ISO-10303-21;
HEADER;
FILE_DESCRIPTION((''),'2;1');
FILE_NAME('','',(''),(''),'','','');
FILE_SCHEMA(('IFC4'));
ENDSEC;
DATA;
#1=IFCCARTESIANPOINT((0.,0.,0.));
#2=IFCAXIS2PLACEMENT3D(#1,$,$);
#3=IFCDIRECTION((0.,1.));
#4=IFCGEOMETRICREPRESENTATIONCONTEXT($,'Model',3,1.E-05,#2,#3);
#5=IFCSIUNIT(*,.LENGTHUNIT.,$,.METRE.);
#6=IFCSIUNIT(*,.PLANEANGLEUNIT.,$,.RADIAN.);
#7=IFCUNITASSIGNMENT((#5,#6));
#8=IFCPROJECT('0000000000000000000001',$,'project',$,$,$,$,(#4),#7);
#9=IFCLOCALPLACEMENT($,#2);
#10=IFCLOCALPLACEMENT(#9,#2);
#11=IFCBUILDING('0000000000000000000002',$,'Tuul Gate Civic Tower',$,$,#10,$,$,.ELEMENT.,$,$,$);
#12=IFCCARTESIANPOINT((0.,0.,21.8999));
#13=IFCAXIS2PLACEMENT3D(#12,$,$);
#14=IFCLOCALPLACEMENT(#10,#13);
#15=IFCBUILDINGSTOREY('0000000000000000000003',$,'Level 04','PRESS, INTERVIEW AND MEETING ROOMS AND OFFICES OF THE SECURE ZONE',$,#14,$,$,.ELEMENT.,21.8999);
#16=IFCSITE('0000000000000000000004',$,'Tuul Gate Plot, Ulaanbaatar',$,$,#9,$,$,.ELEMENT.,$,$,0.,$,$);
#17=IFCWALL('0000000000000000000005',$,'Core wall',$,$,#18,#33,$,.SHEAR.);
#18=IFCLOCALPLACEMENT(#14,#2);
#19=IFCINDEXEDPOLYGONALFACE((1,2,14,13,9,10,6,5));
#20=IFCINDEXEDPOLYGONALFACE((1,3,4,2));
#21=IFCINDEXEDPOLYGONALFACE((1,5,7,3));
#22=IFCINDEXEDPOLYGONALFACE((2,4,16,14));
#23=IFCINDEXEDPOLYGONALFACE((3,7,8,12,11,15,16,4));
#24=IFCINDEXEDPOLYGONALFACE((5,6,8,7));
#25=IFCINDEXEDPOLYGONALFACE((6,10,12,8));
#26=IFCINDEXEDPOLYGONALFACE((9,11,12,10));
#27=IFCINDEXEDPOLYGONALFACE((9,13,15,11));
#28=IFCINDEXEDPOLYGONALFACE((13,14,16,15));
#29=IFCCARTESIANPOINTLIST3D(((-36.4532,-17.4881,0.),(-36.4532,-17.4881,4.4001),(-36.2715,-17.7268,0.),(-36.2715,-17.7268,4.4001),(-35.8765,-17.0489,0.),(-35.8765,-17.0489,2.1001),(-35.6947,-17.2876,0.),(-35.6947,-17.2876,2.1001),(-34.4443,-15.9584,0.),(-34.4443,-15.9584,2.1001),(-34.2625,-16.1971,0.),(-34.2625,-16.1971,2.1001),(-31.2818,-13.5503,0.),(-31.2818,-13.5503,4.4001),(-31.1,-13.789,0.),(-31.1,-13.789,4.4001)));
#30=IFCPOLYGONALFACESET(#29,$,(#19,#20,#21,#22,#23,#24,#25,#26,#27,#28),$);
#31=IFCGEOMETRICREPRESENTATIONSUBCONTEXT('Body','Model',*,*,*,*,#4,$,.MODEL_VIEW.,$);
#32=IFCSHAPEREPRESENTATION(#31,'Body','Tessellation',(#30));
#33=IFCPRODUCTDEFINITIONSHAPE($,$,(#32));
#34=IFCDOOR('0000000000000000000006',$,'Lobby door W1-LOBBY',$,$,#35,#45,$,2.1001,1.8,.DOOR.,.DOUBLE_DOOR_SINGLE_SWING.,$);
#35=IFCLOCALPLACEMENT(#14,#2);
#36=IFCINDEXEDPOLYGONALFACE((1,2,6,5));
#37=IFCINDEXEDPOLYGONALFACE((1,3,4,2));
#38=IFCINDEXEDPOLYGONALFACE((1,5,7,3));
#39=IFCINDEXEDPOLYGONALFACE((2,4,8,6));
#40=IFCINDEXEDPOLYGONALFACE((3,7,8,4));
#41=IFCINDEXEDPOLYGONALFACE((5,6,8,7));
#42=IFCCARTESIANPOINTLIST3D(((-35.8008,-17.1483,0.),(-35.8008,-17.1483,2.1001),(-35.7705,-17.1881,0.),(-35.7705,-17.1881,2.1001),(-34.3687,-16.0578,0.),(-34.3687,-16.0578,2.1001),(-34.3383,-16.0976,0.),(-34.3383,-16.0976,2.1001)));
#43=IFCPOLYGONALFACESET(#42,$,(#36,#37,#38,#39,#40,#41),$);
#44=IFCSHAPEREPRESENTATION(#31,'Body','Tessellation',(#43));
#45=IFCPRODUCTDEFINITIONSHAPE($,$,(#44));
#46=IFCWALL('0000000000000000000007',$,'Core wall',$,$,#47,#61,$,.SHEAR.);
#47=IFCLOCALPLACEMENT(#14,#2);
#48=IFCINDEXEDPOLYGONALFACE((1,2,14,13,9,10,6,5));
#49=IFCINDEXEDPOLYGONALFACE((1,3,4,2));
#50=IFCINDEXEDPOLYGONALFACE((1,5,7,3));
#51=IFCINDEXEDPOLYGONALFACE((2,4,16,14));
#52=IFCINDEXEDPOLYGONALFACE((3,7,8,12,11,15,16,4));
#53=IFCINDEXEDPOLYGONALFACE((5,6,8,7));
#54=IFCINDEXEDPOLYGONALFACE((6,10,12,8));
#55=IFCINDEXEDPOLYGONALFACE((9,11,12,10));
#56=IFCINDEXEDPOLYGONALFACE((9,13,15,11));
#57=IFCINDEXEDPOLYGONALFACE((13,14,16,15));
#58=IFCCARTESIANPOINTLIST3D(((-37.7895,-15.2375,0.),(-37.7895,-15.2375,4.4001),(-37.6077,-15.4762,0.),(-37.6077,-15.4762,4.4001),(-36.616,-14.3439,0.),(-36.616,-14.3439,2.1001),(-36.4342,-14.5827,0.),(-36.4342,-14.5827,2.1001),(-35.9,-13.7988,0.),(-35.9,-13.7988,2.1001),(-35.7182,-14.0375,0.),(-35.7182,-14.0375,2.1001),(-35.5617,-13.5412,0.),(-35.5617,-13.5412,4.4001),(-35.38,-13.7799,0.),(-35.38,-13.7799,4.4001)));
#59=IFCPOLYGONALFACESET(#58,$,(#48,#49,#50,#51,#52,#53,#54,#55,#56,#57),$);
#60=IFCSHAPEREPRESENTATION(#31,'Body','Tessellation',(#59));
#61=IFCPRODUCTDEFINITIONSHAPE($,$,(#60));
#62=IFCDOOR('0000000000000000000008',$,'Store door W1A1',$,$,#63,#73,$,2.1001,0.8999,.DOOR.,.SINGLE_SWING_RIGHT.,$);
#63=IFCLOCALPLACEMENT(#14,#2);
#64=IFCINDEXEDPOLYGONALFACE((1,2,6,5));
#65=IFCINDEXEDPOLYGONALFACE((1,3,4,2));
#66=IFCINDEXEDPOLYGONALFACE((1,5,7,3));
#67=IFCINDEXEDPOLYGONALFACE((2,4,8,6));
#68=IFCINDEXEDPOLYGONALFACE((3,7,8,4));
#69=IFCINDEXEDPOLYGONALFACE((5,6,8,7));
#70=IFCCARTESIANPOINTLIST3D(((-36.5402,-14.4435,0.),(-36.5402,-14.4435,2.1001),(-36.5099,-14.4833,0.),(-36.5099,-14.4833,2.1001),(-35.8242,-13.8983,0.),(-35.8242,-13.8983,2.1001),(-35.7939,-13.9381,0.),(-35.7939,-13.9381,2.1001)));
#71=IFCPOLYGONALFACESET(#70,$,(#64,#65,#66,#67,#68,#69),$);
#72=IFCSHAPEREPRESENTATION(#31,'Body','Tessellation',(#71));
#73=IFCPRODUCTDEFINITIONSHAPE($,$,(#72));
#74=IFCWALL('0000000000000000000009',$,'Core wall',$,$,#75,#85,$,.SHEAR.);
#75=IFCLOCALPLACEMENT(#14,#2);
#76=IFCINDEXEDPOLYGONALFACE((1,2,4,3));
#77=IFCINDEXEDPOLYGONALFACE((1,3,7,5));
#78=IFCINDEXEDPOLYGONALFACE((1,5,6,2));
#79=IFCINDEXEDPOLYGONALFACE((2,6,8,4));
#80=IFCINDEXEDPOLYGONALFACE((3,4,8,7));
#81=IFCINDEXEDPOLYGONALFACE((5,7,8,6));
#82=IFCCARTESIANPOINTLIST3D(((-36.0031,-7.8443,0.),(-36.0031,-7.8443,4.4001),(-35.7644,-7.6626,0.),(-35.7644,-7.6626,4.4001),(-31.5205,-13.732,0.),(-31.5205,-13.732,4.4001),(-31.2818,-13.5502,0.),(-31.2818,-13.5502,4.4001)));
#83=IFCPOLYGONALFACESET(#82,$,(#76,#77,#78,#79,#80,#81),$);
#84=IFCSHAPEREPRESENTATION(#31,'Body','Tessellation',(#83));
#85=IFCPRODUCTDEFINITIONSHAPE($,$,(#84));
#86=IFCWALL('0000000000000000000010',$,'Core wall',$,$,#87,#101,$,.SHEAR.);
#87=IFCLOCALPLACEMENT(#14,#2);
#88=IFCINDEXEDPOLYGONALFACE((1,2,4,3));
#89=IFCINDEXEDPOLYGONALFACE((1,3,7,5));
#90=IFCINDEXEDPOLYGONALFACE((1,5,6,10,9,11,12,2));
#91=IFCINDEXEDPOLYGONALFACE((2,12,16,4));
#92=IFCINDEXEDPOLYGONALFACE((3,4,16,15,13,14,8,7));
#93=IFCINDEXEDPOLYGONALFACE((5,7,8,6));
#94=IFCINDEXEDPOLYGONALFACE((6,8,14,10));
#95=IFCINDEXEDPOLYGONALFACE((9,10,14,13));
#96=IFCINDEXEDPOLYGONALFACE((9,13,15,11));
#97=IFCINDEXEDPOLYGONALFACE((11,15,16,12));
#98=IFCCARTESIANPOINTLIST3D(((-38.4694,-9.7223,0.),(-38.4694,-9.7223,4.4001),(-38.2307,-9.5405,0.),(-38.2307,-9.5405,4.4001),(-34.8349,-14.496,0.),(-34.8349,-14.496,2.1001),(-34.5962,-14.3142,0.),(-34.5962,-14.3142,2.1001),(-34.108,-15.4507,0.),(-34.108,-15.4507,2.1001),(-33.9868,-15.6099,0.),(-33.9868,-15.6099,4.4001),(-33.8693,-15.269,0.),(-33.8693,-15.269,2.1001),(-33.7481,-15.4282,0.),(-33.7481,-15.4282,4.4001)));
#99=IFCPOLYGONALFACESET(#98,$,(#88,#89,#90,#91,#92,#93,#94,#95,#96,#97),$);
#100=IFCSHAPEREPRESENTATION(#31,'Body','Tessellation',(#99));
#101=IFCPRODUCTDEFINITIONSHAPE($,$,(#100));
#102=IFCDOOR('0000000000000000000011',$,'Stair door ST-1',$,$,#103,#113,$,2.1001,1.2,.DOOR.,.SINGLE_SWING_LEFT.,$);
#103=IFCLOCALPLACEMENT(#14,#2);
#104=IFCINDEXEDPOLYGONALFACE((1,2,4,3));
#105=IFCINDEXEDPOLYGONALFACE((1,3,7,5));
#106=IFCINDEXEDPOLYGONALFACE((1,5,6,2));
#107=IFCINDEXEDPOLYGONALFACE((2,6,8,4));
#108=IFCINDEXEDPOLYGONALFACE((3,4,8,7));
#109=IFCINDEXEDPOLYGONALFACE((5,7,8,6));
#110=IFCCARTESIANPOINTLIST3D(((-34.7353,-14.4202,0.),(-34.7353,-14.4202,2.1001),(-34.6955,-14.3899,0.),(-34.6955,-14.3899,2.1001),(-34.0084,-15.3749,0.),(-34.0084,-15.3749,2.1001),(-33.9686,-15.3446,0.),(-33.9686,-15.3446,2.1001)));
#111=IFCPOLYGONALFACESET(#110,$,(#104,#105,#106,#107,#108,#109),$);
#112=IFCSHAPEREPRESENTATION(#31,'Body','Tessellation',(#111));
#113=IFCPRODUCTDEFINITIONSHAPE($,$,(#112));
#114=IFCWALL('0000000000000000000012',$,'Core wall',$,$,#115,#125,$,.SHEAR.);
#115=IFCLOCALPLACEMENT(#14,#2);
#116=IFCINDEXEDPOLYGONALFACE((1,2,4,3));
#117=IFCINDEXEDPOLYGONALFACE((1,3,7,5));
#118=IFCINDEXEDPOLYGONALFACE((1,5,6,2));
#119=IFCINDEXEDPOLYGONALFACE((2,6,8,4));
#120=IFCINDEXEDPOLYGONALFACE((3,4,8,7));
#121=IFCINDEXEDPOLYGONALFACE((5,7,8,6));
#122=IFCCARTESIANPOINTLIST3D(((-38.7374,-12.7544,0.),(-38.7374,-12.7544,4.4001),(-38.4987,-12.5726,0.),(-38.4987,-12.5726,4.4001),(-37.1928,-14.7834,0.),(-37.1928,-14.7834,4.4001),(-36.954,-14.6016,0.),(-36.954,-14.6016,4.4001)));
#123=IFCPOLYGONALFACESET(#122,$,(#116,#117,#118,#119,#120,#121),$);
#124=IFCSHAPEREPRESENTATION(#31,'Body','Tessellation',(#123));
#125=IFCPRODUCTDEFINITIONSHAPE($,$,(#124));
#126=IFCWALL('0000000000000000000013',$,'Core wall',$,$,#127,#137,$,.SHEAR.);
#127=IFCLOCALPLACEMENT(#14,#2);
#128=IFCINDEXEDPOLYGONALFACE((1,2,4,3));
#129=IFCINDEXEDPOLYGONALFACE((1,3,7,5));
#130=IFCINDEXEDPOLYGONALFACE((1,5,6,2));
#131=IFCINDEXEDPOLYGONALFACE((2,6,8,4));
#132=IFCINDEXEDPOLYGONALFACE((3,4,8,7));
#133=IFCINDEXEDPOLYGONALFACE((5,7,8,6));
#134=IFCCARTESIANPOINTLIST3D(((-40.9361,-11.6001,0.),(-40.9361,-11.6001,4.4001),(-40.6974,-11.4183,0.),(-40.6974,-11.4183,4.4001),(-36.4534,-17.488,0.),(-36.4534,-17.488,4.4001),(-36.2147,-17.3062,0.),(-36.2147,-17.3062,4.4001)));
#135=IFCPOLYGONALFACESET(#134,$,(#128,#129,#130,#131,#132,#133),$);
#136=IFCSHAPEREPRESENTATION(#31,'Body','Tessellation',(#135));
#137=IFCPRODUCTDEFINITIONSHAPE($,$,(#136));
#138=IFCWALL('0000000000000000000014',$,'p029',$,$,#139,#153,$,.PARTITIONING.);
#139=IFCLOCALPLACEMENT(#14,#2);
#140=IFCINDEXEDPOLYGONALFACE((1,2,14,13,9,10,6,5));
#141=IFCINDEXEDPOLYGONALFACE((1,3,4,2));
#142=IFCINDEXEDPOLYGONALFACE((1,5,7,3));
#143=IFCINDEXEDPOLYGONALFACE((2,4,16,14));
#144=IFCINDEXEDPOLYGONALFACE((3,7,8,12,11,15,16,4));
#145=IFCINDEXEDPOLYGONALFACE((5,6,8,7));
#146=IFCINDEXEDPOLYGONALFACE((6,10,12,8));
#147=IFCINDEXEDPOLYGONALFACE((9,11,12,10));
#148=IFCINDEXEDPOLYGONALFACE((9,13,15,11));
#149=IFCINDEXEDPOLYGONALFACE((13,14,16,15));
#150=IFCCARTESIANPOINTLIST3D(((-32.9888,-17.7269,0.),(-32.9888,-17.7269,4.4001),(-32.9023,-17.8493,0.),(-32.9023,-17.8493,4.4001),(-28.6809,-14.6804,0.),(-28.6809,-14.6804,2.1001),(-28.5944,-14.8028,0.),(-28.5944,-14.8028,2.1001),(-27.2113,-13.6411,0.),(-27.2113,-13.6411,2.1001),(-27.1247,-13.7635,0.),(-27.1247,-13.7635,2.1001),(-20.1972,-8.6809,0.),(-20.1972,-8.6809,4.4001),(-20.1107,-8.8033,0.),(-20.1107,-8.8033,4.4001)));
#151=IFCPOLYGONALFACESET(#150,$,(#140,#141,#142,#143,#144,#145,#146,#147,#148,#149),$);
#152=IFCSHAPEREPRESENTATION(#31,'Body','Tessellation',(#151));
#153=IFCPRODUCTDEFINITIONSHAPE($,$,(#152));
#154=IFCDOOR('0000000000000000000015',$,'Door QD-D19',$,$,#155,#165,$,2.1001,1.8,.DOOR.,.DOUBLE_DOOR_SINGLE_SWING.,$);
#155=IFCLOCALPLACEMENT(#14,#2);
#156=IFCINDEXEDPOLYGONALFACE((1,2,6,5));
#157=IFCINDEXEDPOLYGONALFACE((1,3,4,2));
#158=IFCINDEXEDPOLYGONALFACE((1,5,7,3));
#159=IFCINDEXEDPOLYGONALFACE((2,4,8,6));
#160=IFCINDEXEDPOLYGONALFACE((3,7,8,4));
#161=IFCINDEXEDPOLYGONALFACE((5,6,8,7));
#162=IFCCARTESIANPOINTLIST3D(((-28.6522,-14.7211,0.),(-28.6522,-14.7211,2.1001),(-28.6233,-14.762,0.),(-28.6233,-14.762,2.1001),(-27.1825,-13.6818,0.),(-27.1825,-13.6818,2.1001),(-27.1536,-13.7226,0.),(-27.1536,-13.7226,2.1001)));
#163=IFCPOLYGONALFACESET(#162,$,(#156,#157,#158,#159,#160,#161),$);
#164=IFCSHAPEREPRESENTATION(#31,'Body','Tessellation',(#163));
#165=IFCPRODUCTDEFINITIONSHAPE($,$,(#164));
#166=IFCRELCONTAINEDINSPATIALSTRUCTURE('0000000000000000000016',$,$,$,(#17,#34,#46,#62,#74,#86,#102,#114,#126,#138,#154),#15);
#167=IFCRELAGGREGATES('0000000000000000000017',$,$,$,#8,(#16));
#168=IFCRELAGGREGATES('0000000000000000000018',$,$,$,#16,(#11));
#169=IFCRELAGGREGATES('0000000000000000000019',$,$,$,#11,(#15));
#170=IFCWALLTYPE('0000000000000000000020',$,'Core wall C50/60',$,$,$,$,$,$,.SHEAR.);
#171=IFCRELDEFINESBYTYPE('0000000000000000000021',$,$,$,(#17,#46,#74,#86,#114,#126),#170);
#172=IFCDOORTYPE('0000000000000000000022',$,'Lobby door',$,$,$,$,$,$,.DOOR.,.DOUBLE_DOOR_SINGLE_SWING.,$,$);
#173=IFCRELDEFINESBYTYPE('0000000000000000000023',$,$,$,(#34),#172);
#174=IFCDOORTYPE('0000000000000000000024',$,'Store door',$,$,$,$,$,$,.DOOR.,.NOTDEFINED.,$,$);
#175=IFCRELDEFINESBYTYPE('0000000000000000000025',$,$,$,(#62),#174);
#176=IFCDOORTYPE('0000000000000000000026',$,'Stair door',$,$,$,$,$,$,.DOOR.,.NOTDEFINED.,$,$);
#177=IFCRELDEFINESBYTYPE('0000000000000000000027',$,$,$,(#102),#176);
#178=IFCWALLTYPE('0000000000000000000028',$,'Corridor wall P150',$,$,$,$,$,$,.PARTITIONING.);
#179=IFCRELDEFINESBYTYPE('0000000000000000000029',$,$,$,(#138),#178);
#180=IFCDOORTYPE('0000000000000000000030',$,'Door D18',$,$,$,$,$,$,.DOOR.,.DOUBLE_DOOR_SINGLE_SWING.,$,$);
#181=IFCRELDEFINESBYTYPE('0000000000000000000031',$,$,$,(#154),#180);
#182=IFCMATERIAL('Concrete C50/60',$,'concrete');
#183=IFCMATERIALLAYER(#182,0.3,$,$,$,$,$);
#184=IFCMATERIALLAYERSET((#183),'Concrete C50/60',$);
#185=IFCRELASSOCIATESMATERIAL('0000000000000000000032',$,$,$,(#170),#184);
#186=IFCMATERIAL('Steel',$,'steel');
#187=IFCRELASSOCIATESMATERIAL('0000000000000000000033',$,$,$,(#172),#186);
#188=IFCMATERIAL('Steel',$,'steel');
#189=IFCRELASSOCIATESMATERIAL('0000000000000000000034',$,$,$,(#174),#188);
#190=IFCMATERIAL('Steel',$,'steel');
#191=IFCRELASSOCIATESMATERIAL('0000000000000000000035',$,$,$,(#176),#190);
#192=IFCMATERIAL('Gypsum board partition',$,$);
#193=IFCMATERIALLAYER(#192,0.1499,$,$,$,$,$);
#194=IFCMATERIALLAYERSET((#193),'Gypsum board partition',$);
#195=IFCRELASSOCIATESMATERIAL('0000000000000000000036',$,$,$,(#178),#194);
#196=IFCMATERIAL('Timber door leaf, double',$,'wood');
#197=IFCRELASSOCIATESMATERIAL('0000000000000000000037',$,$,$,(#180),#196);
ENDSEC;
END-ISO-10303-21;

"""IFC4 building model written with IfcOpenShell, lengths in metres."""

from ifc_helpers import new_model, si_unit, direction, frame, frame_2d, origin, place, context, subcontext, project, spatial, rectangle, extrude, material, layer, layer_set, type_object, element, fill, save


model = new_model("IFC4")

# Units and contexts
model_context = context("Model", 3, precision=1e-05, world=origin(), true_north=direction((0.0, 1.0)))
body_context = subcontext(model_context, "Body", "Model", "MODEL_VIEW")
ifc_project = project(units=[si_unit("LENGTHUNIT", "METRE"), si_unit("PLANEANGLEUNIT", "RADIAN")], contexts=[model_context])

# Site, building, storey
site_placement = place(None, origin())
site = spatial("IfcSite", under=ifc_project, at=site_placement, Name="Tuul Gate Plot, Ulaanbaatar", CompositionType="ELEMENT", RefElevation=0.0)
building_placement = place(site_placement, origin())
building = spatial("IfcBuilding", under=site, at=building_placement, Name="Tuul Gate Civic Tower", CompositionType="ELEMENT")
storey_placement = place(building_placement, frame((0.0, 0.0, 21.8999)))
storey = spatial("IfcBuildingStorey", under=building, at=storey_placement, Name="Level 04", Description="PRESS, INTERVIEW AND MEETING ROOMS AND OFFICES OF THE SECURE ZONE", CompositionType="ELEMENT", Elevation=21.8999)

# Walls, openings, doors
ifc_material_1 = material(Name="Concrete C50/60", Category="concrete")
ifc_layer_1 = layer(ifc_material_1, 0.3)
ifc_layer_set_1 = layer_set([ifc_layer_1], Name="Concrete C50/60")
wall_type_1 = type_object("IfcWallType", Name="Core wall C50/60", PredefinedType="SHEAR", material=ifc_layer_set_1)
wall_1_placement = place(storey_placement, frame((-31.1909, -13.6697, 0.0), z_axis=(0.0, 0.0, 1.0), x_axis=(-0.795607, -0.605813, 0.0)))
wall_1 = element("IfcWall", 1, at=wall_1_placement, inside=storey, type_object=wall_type_1, Name="Core wall", PredefinedType="SHEAR", context=body_context, shape_type="SweptSolid", body=[
    extrude(rectangle(XDim=6.5, YDim=0.3, at=frame_2d((3.25, 0.0))), origin(), (0.0, 0.0, 1.0), 4.4001),
])
opening_1_placement = place(wall_1_placement, frame((3.9751, 0.0, 0.0)))
opening_1 = element("IfcOpeningElement", 2, at=opening_1_placement, cuts=wall_1, PredefinedType="OPENING", context=body_context, shape_type="SweptSolid", body=[
    extrude(rectangle(XDim=1.8, YDim=2.1001, at=frame_2d((0.8999, 1.05))), frame((0.0, 0.1602, 0.0), z_axis=(0.0, -1.0, 0.0), x_axis=(1.0, 0.0, 0.0)), (0.0, 0.0, 1.0), 0.3201),
])
ifc_material_2 = material(Name="Steel", Category="steel")
door_type_1 = type_object("IfcDoorType", Name="Lobby door", OperationType="DOUBLE_DOOR_SINGLE_SWING", PredefinedType="DOOR", material=ifc_material_2)
door_1_placement = place(opening_1_placement, origin())
door_1 = element("IfcDoor", 3, at=door_1_placement, inside=storey, type_object=door_type_1, Name="Lobby door W1-LOBBY", OperationType="DOUBLE_DOOR_SINGLE_SWING", OverallHeight=2.1001, OverallWidth=1.8, PredefinedType="DOOR", context=body_context, shape_type="SweptSolid", body=[
    extrude(rectangle(XDim=1.8, YDim=2.1001, at=frame_2d((0.8999, 1.05))), frame((0.0, 0.0249, 0.0), z_axis=(0.0, -1.0, 0.0), x_axis=(1.0, 0.0, 0.0)), (0.0, 0.0, 1.0), 0.05),
])
fill(opening_1, door_1)
wall_2_placement = place(storey_placement, frame((-35.4709, -13.6606, 0.0), z_axis=(0.0, 0.0, 1.0), x_axis=(-0.795616, -0.605802, 0.0)))
wall_2 = element("IfcWall", 4, at=wall_2_placement, inside=storey, type_object=wall_type_1, Name="Core wall", PredefinedType="SHEAR", context=body_context, shape_type="SweptSolid", body=[
    extrude(rectangle(XDim=2.8, YDim=0.3, at=frame_2d((1.3999, 0.0))), origin(), (0.0, 0.0, 1.0), 4.4001),
])
opening_2_placement = place(wall_2_placement, frame((0.425, 0.0, 0.0)))
opening_2 = element("IfcOpeningElement", 5, at=opening_2_placement, cuts=wall_2, PredefinedType="OPENING", context=body_context, shape_type="SweptSolid", body=[
    extrude(rectangle(XDim=0.8999, YDim=2.1001, at=frame_2d((0.45, 1.05))), frame((0.0, 0.1602, 0.0), z_axis=(0.0, -1.0, 0.0), x_axis=(1.0, 0.0, 0.0)), (0.0, 0.0, 1.0), 0.3201),
])
ifc_material_3 = material(Name="Steel", Category="steel")
door_type_2 = type_object("IfcDoorType", Name="Store door", OperationType="NOTDEFINED", PredefinedType="DOOR", material=ifc_material_3)
door_2_placement = place(opening_2_placement, frame((0.8999, 0.0, 0.0), z_axis=(0.0, 0.0, 1.0), x_axis=(-1.0, 0.0, 0.0)))
door_2 = element("IfcDoor", 6, at=door_2_placement, inside=storey, type_object=door_type_2, Name="Store door W1A1", OperationType="SINGLE_SWING_RIGHT", OverallHeight=2.1001, OverallWidth=0.8999, PredefinedType="DOOR", context=body_context, shape_type="SweptSolid", body=[
    extrude(rectangle(XDim=0.8999, YDim=2.1001, at=frame_2d((0.45, 1.05))), frame((0.0, 0.0249, 0.0), z_axis=(0.0, -1.0, 0.0), x_axis=(1.0, 0.0, 0.0)), (0.0, 0.0, 1.0), 0.05),
])
fill(opening_2, door_2)

# Wall
wall_3_placement = place(storey_placement, frame((-31.4011, -13.6411, 0.0), z_axis=(0.0, 0.0, 1.0), x_axis=(-0.60577, 0.79564, 0.0)))
element("IfcWall", 7, at=wall_3_placement, inside=storey, type_object=wall_type_1, Name="Core wall", PredefinedType="SHEAR", context=body_context, shape_type="SweptSolid", body=[
    extrude(rectangle(XDim=7.3999, YDim=0.3, at=frame_2d((3.7, 0.0))), origin(), (0.0, 0.0, 1.0), 4.4001),
])

# Wall, opening, door
wall_4_placement = place(storey_placement, frame((-33.8674, -15.519, 0.0), z_axis=(0.0, 0.0, 1.0), x_axis=(-0.60577, 0.79564, 0.0)))
wall_4 = element("IfcWall", 8, at=wall_4_placement, inside=storey, type_object=wall_type_1, Name="Core wall", PredefinedType="SHEAR", context=body_context, shape_type="SweptSolid", body=[
    extrude(rectangle(XDim=7.3999, YDim=0.3, at=frame_2d((3.7, 0.0))), origin(), (0.0, 0.0, 1.0), 4.4001),
])
opening_3_placement = place(wall_4_placement, frame((0.2, 0.0, 0.0)))
opening_3 = element("IfcOpeningElement", 9, at=opening_3_placement, cuts=wall_4, PredefinedType="OPENING", context=body_context, shape_type="SweptSolid", body=[
    extrude(rectangle(XDim=1.2, YDim=2.1001, at=frame_2d((0.6001, 1.05))), frame((0.0, 0.1602, 0.0), z_axis=(0.0, -1.0, 0.0), x_axis=(1.0, 0.0, 0.0)), (0.0, 0.0, 1.0), 0.3201),
])
ifc_material_4 = material(Name="Steel", Category="steel")
door_type_3 = type_object("IfcDoorType", Name="Stair door", OperationType="NOTDEFINED", PredefinedType="DOOR", material=ifc_material_4)
door_3_placement = place(opening_3_placement, origin())
door_3 = element("IfcDoor", 10, at=door_3_placement, inside=storey, type_object=door_type_3, Name="Stair door ST-1", OperationType="SINGLE_SWING_LEFT", OverallHeight=2.1001, OverallWidth=1.2, PredefinedType="DOOR", context=body_context, shape_type="SweptSolid", body=[
    extrude(rectangle(XDim=1.2, YDim=2.1001, at=frame_2d((0.6001, 1.05))), frame((0.0, 0.0249, 0.0), z_axis=(0.0, -1.0, 0.0), x_axis=(1.0, 0.0, 0.0)), (0.0, 0.0, 1.0), 0.05),
])
fill(opening_3, door_3)

# Walls
wall_5_placement = place(storey_placement, frame((-37.0735, -14.6924, 0.0), z_axis=(0.0, 0.0, 1.0), x_axis=(-0.605729, 0.795671, 0.0)))
element("IfcWall", 11, at=wall_5_placement, inside=storey, type_object=wall_type_1, Name="Core wall", PredefinedType="SHEAR", context=body_context, shape_type="SweptSolid", body=[
    extrude(rectangle(XDim=2.55, YDim=0.3, at=frame_2d((1.2749, 0.0))), origin(), (0.0, 0.0, 1.0), 4.4001),
])
wall_6_placement = place(storey_placement, frame((-36.334, -17.3972, 0.0), z_axis=(0.0, 0.0, 1.0), x_axis=(-0.605754, 0.795652, 0.0)))
element("IfcWall", 12, at=wall_6_placement, inside=storey, type_object=wall_type_1, Name="Core wall", PredefinedType="SHEAR", context=body_context, shape_type="SweptSolid", body=[
    extrude(rectangle(XDim=7.4001, YDim=0.3, at=frame_2d((3.7002, 0.0))), origin(), (0.0, 0.0, 1.0), 4.4001),
])

# Wall, opening, door
ifc_material_5 = material(Name="Gypsum board partition")
ifc_layer_2 = layer(ifc_material_5, 0.1499)
ifc_layer_set_2 = layer_set([ifc_layer_2], Name="Gypsum board partition")
wall_type_2 = type_object("IfcWallType", Name="Corridor wall P150", PredefinedType="PARTITIONING", material=ifc_layer_set_2)
wall_7_placement = place(storey_placement, frame((-32.9456, -17.7881, 0.0), z_axis=(0.0, 0.0, 1.0), x_axis=(0.816468, 0.57739, 0.0)))
wall_7 = element("IfcWall", 13, at=wall_7_placement, inside=storey, type_object=wall_type_2, Name="p029", PredefinedType="PARTITIONING", context=body_context, shape_type="SweptSolid", body=[
    extrude(rectangle(XDim=15.667, YDim=0.1499, at=frame_2d((7.8335, 0.0))), origin(), (0.0, 0.0, 1.0), 4.4001),
])
opening_4_placement = place(wall_7_placement, frame((5.2764, 0.0, 0.0)))
opening_4 = element("IfcOpeningElement", 14, at=opening_4_placement, cuts=wall_7, PredefinedType="OPENING", context=body_context, shape_type="SweptSolid", body=[
    extrude(rectangle(XDim=1.8, YDim=2.1001, at=frame_2d((0.8999, 1.05))), frame((0.0, 0.085, 0.0), z_axis=(0.0, -1.0, 0.0), x_axis=(1.0, 0.0, 0.0)), (0.0, 0.0, 1.0), 0.1699),
])
ifc_material_6 = material(Name="Timber door leaf, double", Category="wood")
door_type_4 = type_object("IfcDoorType", Name="Door D18", OperationType="DOUBLE_DOOR_SINGLE_SWING", PredefinedType="DOOR", material=ifc_material_6)
door_4_placement = place(opening_4_placement, frame((1.8, 0.0, 0.0), z_axis=(0.0, 0.0, 1.0), x_axis=(-1.0, 0.0, 0.0)))
door_4 = element("IfcDoor", 15, at=door_4_placement, inside=storey, type_object=door_type_4, Name="Door QD-D19", OperationType="DOUBLE_DOOR_SINGLE_SWING", OverallHeight=2.1001, OverallWidth=1.8, PredefinedType="DOOR", context=body_context, shape_type="SweptSolid", body=[
    extrude(rectangle(XDim=1.8, YDim=2.1001, at=frame_2d((0.9001, 1.05))), frame((0.0, 0.0249, 0.0), z_axis=(0.0, -1.0, 0.0), x_axis=(1.0, 0.0, 0.0)), (0.0, 0.0, 1.0), 0.05),
])
fill(opening_4, door_4)

save(model, "model.ifc")
